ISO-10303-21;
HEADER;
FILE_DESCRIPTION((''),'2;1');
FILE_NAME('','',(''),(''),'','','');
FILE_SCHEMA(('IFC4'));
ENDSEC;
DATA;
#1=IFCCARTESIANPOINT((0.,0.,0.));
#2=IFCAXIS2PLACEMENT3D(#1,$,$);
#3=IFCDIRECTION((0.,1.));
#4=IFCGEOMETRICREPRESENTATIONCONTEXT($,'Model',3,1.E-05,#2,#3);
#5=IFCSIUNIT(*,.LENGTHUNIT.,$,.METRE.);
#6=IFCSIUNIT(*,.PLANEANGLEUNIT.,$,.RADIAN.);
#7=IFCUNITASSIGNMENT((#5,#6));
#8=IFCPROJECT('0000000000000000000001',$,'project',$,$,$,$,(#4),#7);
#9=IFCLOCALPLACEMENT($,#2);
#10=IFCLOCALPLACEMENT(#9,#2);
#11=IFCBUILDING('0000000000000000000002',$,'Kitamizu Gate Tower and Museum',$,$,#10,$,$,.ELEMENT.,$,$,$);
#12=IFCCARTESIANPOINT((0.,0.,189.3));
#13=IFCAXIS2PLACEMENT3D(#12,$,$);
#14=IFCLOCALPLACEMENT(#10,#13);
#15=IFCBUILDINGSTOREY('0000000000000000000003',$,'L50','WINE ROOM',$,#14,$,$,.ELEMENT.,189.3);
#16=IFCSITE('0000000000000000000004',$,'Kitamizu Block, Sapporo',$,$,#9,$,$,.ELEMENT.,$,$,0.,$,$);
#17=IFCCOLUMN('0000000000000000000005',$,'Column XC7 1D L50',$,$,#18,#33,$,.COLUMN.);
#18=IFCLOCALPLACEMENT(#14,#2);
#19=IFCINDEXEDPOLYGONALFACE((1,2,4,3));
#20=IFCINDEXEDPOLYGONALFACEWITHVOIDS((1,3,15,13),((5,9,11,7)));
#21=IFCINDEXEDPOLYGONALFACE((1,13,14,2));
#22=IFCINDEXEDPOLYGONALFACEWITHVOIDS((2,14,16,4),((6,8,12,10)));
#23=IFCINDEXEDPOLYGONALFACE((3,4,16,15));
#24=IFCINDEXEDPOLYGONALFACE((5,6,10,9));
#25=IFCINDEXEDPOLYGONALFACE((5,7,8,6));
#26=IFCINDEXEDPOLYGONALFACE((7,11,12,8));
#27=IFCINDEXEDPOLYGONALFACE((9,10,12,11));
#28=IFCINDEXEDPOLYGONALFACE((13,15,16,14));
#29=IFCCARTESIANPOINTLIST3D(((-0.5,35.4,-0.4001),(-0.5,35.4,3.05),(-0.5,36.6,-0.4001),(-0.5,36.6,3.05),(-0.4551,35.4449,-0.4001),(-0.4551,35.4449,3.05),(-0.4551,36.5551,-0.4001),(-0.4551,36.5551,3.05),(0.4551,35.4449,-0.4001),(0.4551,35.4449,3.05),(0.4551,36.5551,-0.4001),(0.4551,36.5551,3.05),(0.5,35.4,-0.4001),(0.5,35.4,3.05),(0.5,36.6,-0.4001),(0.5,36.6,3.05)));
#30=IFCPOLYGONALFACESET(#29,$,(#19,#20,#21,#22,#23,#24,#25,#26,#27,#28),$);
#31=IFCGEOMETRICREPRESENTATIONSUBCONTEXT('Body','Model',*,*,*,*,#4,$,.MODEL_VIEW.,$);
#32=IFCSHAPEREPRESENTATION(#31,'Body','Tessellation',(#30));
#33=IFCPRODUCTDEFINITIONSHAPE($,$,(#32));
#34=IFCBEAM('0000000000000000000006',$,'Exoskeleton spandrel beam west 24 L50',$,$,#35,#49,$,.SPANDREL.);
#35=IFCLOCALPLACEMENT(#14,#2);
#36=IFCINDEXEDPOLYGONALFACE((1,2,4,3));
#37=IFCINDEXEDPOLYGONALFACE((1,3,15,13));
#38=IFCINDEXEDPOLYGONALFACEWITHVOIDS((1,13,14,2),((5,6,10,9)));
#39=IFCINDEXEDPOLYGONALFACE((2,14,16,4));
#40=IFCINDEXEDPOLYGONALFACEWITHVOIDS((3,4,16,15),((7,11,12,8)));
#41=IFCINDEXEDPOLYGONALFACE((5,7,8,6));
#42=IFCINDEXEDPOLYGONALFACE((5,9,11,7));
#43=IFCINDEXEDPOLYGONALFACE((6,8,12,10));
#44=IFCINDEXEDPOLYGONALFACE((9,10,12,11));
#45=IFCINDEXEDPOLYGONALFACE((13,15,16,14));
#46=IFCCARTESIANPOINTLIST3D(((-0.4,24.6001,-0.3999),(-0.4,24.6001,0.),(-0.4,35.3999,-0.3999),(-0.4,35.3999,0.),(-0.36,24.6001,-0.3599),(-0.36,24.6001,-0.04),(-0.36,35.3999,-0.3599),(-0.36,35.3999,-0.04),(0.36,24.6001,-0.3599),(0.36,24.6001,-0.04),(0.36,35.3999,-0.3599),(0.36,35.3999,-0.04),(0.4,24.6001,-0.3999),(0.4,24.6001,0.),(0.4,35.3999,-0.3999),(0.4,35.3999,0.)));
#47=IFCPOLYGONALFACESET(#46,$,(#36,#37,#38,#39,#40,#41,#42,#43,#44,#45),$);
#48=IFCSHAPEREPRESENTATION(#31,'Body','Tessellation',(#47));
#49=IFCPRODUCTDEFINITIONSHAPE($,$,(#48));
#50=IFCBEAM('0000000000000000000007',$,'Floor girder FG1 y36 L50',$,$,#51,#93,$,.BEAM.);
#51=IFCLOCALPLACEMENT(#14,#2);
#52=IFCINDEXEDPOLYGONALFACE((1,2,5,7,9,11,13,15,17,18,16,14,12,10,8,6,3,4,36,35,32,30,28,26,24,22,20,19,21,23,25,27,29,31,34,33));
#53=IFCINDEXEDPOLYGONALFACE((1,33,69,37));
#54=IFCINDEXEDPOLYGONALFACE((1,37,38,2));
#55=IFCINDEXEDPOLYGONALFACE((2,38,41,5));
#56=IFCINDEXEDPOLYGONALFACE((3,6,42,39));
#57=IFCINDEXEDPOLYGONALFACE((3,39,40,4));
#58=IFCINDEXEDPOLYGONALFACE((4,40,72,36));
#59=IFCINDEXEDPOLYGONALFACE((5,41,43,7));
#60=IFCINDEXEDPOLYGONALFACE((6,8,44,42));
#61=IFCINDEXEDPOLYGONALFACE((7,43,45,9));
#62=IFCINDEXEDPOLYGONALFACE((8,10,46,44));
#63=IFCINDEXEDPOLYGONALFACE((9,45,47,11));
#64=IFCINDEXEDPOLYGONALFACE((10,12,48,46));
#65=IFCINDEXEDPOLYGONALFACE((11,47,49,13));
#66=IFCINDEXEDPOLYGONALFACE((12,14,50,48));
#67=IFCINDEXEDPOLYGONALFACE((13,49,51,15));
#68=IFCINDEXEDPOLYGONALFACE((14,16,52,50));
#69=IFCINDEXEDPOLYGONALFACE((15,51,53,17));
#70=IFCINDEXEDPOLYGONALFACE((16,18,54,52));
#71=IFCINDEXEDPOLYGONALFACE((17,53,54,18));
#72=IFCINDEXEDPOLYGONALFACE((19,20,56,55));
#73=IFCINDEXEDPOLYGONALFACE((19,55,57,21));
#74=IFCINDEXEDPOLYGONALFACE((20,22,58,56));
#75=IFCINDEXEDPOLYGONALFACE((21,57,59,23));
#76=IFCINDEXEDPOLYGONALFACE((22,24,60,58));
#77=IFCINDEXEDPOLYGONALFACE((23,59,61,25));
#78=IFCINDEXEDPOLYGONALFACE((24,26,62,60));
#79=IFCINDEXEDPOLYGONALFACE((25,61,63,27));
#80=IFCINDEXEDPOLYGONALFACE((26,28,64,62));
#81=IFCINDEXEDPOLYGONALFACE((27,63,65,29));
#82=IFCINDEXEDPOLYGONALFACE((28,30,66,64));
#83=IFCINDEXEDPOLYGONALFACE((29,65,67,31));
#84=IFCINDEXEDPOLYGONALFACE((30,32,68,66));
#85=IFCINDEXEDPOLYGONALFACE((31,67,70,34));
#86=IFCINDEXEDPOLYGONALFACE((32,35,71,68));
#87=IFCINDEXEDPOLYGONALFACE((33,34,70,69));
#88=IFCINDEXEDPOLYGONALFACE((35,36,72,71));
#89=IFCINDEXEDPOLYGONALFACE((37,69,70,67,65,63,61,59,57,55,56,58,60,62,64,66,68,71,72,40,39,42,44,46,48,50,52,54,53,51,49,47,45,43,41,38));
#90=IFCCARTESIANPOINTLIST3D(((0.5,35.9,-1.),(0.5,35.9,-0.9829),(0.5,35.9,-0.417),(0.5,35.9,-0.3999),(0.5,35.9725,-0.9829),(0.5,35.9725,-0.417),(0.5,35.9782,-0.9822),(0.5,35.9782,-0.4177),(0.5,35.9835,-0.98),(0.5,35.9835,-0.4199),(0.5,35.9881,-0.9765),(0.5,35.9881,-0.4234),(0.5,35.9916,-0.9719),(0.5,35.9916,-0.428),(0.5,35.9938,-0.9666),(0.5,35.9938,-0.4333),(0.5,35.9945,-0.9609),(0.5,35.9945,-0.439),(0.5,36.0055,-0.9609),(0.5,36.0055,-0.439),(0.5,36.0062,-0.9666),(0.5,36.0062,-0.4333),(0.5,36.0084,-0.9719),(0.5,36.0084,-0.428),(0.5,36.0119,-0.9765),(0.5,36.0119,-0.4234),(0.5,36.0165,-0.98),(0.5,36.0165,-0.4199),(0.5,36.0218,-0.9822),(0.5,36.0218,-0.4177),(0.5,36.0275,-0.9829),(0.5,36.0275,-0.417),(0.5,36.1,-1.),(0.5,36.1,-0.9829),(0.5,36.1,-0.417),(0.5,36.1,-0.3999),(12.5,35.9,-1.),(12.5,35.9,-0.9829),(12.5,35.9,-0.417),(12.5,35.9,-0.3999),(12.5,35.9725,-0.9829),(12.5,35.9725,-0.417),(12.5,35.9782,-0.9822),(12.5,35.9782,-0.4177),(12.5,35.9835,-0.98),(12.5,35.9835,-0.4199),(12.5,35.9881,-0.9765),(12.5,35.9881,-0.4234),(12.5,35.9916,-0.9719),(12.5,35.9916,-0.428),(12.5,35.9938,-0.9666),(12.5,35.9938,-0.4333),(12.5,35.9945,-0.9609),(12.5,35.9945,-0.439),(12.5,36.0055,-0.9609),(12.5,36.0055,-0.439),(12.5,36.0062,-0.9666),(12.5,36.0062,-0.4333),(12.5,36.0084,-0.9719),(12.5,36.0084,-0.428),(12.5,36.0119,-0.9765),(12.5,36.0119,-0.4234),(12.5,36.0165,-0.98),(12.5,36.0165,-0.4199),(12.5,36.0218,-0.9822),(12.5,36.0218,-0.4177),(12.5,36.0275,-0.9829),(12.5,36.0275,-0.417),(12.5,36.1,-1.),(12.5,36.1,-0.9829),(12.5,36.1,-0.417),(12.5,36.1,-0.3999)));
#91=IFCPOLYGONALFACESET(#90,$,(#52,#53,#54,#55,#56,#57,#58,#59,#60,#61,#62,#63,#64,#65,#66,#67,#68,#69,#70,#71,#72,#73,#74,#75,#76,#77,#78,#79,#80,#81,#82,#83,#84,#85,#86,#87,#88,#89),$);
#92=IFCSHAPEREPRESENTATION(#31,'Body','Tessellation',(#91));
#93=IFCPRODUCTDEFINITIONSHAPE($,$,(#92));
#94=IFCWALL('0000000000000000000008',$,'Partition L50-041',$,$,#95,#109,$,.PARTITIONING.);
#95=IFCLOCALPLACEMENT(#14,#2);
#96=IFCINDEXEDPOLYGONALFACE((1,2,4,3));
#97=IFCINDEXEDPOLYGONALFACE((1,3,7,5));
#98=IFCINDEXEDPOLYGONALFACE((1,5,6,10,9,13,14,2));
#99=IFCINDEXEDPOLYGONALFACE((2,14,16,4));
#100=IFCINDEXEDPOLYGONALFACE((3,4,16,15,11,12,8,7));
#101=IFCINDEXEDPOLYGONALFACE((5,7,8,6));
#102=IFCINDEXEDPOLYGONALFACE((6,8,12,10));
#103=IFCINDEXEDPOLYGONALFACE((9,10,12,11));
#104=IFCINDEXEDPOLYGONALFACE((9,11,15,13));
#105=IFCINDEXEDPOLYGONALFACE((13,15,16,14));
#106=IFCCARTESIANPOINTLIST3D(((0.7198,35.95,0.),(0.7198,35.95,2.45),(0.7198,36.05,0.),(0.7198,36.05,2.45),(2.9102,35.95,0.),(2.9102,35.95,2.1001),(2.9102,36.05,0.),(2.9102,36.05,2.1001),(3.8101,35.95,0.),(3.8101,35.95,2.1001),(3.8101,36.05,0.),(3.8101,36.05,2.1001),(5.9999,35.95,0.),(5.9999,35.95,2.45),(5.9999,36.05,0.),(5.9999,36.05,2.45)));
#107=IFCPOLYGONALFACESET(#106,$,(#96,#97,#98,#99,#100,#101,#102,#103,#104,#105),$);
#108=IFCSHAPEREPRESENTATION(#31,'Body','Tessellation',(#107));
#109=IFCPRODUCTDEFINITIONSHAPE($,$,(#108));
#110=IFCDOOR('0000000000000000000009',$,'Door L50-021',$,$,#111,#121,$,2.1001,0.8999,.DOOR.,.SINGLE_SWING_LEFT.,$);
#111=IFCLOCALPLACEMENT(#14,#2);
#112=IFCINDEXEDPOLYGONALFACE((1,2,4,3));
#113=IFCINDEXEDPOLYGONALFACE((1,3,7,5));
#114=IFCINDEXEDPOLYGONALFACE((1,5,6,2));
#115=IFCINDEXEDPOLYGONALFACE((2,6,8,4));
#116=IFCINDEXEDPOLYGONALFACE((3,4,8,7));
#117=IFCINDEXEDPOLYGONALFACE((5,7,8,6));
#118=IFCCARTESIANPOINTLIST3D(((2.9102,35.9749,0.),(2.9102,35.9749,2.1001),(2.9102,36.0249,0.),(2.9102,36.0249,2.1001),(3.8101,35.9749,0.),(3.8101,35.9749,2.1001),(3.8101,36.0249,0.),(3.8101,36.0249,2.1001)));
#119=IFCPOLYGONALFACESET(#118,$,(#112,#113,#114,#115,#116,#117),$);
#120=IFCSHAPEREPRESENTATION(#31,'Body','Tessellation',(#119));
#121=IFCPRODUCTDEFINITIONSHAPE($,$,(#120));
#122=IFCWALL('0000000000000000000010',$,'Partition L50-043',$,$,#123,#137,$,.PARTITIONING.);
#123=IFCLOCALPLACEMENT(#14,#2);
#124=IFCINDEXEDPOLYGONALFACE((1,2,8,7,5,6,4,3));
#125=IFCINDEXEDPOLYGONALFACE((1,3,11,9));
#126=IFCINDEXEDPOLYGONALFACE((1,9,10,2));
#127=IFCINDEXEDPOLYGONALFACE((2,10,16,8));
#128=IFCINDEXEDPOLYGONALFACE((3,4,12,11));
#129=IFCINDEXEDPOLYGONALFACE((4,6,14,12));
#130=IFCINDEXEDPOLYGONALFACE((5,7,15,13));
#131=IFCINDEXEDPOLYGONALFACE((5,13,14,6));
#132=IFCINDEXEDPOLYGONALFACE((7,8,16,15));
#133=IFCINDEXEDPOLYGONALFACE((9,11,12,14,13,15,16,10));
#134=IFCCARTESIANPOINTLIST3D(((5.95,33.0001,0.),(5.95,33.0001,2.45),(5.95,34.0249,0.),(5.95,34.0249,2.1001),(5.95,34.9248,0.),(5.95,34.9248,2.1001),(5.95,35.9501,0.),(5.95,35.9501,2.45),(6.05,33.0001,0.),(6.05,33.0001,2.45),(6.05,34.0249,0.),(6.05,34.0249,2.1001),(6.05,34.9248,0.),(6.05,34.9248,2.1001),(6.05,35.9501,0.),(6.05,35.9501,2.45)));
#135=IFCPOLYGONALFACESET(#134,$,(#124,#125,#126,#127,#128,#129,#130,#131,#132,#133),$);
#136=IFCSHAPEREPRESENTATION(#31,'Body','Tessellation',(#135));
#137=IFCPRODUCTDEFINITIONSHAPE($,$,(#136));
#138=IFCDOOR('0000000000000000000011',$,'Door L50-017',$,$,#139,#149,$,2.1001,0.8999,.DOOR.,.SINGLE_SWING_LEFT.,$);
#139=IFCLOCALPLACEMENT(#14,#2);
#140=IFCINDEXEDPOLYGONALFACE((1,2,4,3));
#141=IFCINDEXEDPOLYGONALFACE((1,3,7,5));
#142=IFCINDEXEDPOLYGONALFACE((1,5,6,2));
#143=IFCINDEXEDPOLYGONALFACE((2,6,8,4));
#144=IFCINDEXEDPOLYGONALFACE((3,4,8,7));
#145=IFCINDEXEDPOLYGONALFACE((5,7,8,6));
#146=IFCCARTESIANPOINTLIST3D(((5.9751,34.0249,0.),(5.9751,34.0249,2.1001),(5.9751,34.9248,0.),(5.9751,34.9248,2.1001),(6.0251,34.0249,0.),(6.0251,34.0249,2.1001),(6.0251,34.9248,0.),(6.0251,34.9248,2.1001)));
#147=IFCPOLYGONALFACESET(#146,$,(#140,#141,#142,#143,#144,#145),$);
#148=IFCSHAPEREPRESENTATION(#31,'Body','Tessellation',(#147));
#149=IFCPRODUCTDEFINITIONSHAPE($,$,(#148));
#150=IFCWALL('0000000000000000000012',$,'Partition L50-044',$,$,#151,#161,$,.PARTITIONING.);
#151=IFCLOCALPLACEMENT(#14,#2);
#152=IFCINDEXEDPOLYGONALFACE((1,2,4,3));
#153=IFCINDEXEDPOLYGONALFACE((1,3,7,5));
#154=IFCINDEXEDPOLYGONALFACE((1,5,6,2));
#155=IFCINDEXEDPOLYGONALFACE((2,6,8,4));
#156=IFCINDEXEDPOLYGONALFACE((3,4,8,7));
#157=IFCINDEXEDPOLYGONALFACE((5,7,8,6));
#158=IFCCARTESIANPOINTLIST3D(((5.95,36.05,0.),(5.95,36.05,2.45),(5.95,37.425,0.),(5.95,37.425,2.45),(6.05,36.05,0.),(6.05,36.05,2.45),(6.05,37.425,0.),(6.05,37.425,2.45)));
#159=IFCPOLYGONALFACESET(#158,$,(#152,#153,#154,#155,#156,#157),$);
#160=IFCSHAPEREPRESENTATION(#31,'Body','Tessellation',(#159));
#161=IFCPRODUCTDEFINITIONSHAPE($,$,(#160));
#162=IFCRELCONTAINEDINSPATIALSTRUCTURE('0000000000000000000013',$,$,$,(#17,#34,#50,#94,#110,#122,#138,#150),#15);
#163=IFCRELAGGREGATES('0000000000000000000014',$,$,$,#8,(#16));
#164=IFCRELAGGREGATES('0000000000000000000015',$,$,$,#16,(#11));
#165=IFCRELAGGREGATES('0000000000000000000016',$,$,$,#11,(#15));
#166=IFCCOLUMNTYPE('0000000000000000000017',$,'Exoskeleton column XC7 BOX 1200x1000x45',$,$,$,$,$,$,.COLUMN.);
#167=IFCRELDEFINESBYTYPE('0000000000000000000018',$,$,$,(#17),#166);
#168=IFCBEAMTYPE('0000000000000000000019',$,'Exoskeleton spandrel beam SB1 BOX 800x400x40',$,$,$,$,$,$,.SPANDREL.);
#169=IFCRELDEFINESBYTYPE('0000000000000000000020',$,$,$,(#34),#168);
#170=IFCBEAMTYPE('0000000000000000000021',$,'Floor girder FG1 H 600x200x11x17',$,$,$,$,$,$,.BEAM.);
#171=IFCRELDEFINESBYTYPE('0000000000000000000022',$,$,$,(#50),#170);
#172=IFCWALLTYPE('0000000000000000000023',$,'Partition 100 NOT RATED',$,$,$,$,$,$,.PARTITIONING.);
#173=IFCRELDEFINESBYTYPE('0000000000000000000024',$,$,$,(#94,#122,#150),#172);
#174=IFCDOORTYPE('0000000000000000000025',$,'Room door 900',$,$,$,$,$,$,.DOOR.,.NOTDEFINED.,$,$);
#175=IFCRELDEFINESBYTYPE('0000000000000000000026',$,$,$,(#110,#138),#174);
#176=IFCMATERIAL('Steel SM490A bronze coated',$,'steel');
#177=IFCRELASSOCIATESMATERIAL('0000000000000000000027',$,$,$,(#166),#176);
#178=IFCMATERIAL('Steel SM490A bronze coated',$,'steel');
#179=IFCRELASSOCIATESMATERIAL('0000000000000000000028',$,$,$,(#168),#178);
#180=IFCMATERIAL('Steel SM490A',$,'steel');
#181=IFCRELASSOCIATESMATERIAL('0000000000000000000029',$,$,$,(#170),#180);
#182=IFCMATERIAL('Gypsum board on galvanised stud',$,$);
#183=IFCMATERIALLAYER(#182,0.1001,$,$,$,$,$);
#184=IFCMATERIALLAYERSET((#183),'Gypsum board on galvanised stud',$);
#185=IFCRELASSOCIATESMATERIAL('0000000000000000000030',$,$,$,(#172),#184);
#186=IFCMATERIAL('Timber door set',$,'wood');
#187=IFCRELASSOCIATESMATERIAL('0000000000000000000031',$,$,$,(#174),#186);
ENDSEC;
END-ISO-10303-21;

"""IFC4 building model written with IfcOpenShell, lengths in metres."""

from ifc_helpers import new_model, si_unit, direction, frame, frame_2d, origin, origin_2d, place, context, subcontext, project, spatial, rectangle, hollow_rectangle, i_section, extrude, material, layer, layer_set, material_profile, profile_set, type_object, element, fill, save


model = new_model("IFC4")

# Units and contexts
model_context = context("Model", 3, precision=1e-05, world=origin(), true_north=direction((0.0, 1.0)))
body_context = subcontext(model_context, "Body", "Model", "MODEL_VIEW")
ifc_project = project(units=[si_unit("LENGTHUNIT", "METRE"), si_unit("PLANEANGLEUNIT", "RADIAN")], contexts=[model_context])

# Site, building, storey
site_placement = place(None, origin())
site = spatial("IfcSite", under=ifc_project, at=site_placement, Name="Kitamizu Block, Sapporo", CompositionType="ELEMENT", RefElevation=0.0)
building_placement = place(site_placement, origin())
building = spatial("IfcBuilding", under=site, at=building_placement, Name="Kitamizu Gate Tower and Museum", CompositionType="ELEMENT")
storey_placement = place(building_placement, frame((0.0, 0.0, 189.3)))
storey = spatial("IfcBuildingStorey", under=building, at=storey_placement, Name="L50", Description="WINE ROOM", CompositionType="ELEMENT", Elevation=189.3)

# Column
ifc_material_1 = material(Name="Steel SM490A bronze coated", Category="steel")
ifc_material_profile_1 = material_profile(ifc_material_1, hollow_rectangle(XDim=1.2, YDim=1.0, WallThickness=0.0449, at=origin_2d()), Name="BOX 1200x1000x45")
ifc_profile_set_1 = profile_set([ifc_material_profile_1], Name="Steel SM490A bronze coated")
column_type = type_object("IfcColumnType", Name="Exoskeleton column XC7 BOX 1200x1000x45", PredefinedType="COLUMN", material=ifc_profile_set_1)
column_placement = place(storey_placement, frame((0.0, 36.0, -0.4001), z_axis=(0.0, 0.0, 1.0), x_axis=(0.0, 1.0, 0.0)))
element("IfcColumn", 1, at=column_placement, inside=storey, type_object=column_type, Name="Column XC7 1D L50", PredefinedType="COLUMN", context=body_context, shape_type="SweptSolid", body=[
    extrude(hollow_rectangle(XDim=1.2, YDim=1.0, WallThickness=0.0449, at=origin_2d()), origin(), (0.0, 0.0, 1.0), 3.4502),
])

# Beams
ifc_material_2 = material(Name="Steel SM490A bronze coated", Category="steel")
ifc_material_profile_2 = material_profile(ifc_material_2, hollow_rectangle(XDim=0.8, YDim=0.3999, WallThickness=0.04, at=origin_2d()), Name="BOX 800x400x40")
ifc_profile_set_2 = profile_set([ifc_material_profile_2], Name="Steel SM490A bronze coated")
beam_type_1 = type_object("IfcBeamType", Name="Exoskeleton spandrel beam SB1 BOX 800x400x40", PredefinedType="SPANDREL", material=ifc_profile_set_2)
beam_1_placement = place(storey_placement, frame((0.0, 24.6001, -0.2), z_axis=(0.0, 1.0, 0.0), x_axis=(-1.0, 0.0, 0.0)))
element("IfcBeam", 2, at=beam_1_placement, inside=storey, type_object=beam_type_1, Name="Exoskeleton spandrel beam west 24 L50", PredefinedType="SPANDREL", context=body_context, shape_type="SweptSolid", body=[
    extrude(hollow_rectangle(XDim=0.8, YDim=0.3999, WallThickness=0.04, at=origin_2d()), origin(), (0.0, 0.0, 1.0), 10.7998),
])
ifc_material_3 = material(Name="Steel SM490A", Category="steel")
ifc_material_profile_3 = material_profile(ifc_material_3, i_section(OverallWidth=0.2, OverallDepth=0.6001, WebThickness=0.011, FlangeThickness=0.0171, FilletRadius=0.022, at=origin_2d()), Name="H-600x200x11x17")
ifc_profile_set_3 = profile_set([ifc_material_profile_3], Name="Steel SM490A")
beam_type_2 = type_object("IfcBeamType", Name="Floor girder FG1 H 600x200x11x17", PredefinedType="BEAM", material=ifc_profile_set_3)
beam_2_placement = place(storey_placement, frame((0.5, 36.0, -0.7), z_axis=(1.0, 0.0, 0.0), x_axis=(0.0, 1.0, 0.0)))
element("IfcBeam", 3, at=beam_2_placement, inside=storey, type_object=beam_type_2, Name="Floor girder FG1 y36 L50", PredefinedType="BEAM", context=body_context, shape_type="SweptSolid", body=[
    extrude(i_section(OverallWidth=0.2, OverallDepth=0.6001, WebThickness=0.011, FlangeThickness=0.0171, FilletRadius=0.022, at=origin_2d()), origin(), (0.0, 0.0, 1.0), 12.0),
])

# Walls, openings, doors
ifc_material_4 = material(Name="Gypsum board on galvanised stud")
ifc_layer_1 = layer(ifc_material_4, 0.1001)
ifc_layer_set_1 = layer_set([ifc_layer_1], Name="Gypsum board on galvanised stud")
wall_type_1 = type_object("IfcWallType", Name="Partition 100 NOT RATED", PredefinedType="PARTITIONING", material=ifc_layer_set_1)
wall_1_placement = place(storey_placement, frame((6.0, 36.0, 0.0), z_axis=(0.0, 0.0, 1.0), x_axis=(-1.0, 0.0, 0.0)))
wall_1 = element("IfcWall", 4, at=wall_1_placement, inside=storey, type_object=wall_type_1, Name="Partition L50-041", PredefinedType="PARTITIONING", context=body_context, shape_type="SweptSolid", body=[
    extrude(rectangle(XDim=5.28, YDim=0.1001, at=frame_2d((2.6401, 0.0))), origin(), (0.0, 0.0, 1.0), 2.45),
])
opening_1_placement = place(wall_1_placement, frame((2.1899, 0.0, 0.0)))
opening_1 = element("IfcOpeningElement", 5, at=opening_1_placement, cuts=wall_1, PredefinedType="OPENING", context=body_context, shape_type="SweptSolid", body=[
    extrude(rectangle(XDim=0.8999, YDim=2.1001, at=frame_2d((0.45, 1.05))), frame((0.0, 0.0601, 0.0), z_axis=(0.0, -1.0, 0.0), x_axis=(1.0, 0.0, 0.0)), (0.0, 0.0, 1.0), 0.1201),
])
ifc_material_5 = material(Name="Timber door set", Category="wood")
door_type_1 = type_object("IfcDoorType", Name="Room door 900", OperationType="NOTDEFINED", PredefinedType="DOOR", material=ifc_material_5)
door_1_placement = place(opening_1_placement, frame((0.8999, 0.0, 0.0), x_axis=(-1.0, 0.0, 0.0)))
door_1 = element("IfcDoor", 6, at=door_1_placement, inside=storey, type_object=door_type_1, Name="Door L50-021", OperationType="SINGLE_SWING_LEFT", OverallHeight=2.1001, OverallWidth=0.8999, PredefinedType="DOOR", context=body_context, shape_type="SweptSolid", body=[
    extrude(rectangle(XDim=0.8999, YDim=2.1001, at=frame_2d((0.45, 1.05))), frame((0.0, 0.0249, 0.0), z_axis=(0.0, -1.0, 0.0), x_axis=(1.0, 0.0, 0.0)), (0.0, 0.0, 1.0), 0.05),
])
fill(opening_1, door_1)
wall_2_placement = place(storey_placement, frame((6.0, 33.0, 0.0), z_axis=(0.0, 0.0, 1.0), x_axis=(0.0, 1.0, 0.0)))
wall_2 = element("IfcWall", 7, at=wall_2_placement, inside=storey, type_object=wall_type_1, Name="Partition L50-043", PredefinedType="PARTITIONING", context=body_context, shape_type="SweptSolid", body=[
    extrude(rectangle(XDim=2.95, YDim=0.1001, at=frame_2d((1.4751, 0.0))), origin(), (0.0, 0.0, 1.0), 2.45),
])
opening_2_placement = place(wall_2_placement, frame((1.0249, 0.0, 0.0)))
opening_2 = element("IfcOpeningElement", 8, at=opening_2_placement, cuts=wall_2, PredefinedType="OPENING", context=body_context, shape_type="SweptSolid", body=[
    extrude(rectangle(XDim=0.8999, YDim=2.1001, at=frame_2d((0.45, 1.05))), frame((0.0, 0.0601, 0.0), z_axis=(0.0, -1.0, 0.0), x_axis=(1.0, 0.0, 0.0)), (0.0, 0.0, 1.0), 0.1201),
])
door_2_placement = place(opening_2_placement, origin())
door_2 = element("IfcDoor", 9, at=door_2_placement, inside=storey, type_object=door_type_1, Name="Door L50-017", OperationType="SINGLE_SWING_LEFT", OverallHeight=2.1001, OverallWidth=0.8999, PredefinedType="DOOR", context=body_context, shape_type="SweptSolid", body=[
    extrude(rectangle(XDim=0.8999, YDim=2.1001, at=frame_2d((0.45, 1.05))), frame((0.0, 0.0249, 0.0), z_axis=(0.0, -1.0, 0.0), x_axis=(1.0, 0.0, 0.0)), (0.0, 0.0, 1.0), 0.05),
])
fill(opening_2, door_2)

# Wall
wall_3_placement = place(storey_placement, frame((6.0, 36.05, 0.0), z_axis=(0.0, 0.0, 1.0), x_axis=(0.0, 1.0, 0.0)))
element("IfcWall", 10, at=wall_3_placement, inside=storey, type_object=wall_type_1, Name="Partition L50-044", PredefinedType="PARTITIONING", context=body_context, shape_type="SweptSolid", body=[
    extrude(rectangle(XDim=1.375, YDim=0.1001, at=frame_2d((0.6875, 0.0))), origin(), (0.0, 0.0, 1.0), 2.45),
])

save(model, "model.ifc")
